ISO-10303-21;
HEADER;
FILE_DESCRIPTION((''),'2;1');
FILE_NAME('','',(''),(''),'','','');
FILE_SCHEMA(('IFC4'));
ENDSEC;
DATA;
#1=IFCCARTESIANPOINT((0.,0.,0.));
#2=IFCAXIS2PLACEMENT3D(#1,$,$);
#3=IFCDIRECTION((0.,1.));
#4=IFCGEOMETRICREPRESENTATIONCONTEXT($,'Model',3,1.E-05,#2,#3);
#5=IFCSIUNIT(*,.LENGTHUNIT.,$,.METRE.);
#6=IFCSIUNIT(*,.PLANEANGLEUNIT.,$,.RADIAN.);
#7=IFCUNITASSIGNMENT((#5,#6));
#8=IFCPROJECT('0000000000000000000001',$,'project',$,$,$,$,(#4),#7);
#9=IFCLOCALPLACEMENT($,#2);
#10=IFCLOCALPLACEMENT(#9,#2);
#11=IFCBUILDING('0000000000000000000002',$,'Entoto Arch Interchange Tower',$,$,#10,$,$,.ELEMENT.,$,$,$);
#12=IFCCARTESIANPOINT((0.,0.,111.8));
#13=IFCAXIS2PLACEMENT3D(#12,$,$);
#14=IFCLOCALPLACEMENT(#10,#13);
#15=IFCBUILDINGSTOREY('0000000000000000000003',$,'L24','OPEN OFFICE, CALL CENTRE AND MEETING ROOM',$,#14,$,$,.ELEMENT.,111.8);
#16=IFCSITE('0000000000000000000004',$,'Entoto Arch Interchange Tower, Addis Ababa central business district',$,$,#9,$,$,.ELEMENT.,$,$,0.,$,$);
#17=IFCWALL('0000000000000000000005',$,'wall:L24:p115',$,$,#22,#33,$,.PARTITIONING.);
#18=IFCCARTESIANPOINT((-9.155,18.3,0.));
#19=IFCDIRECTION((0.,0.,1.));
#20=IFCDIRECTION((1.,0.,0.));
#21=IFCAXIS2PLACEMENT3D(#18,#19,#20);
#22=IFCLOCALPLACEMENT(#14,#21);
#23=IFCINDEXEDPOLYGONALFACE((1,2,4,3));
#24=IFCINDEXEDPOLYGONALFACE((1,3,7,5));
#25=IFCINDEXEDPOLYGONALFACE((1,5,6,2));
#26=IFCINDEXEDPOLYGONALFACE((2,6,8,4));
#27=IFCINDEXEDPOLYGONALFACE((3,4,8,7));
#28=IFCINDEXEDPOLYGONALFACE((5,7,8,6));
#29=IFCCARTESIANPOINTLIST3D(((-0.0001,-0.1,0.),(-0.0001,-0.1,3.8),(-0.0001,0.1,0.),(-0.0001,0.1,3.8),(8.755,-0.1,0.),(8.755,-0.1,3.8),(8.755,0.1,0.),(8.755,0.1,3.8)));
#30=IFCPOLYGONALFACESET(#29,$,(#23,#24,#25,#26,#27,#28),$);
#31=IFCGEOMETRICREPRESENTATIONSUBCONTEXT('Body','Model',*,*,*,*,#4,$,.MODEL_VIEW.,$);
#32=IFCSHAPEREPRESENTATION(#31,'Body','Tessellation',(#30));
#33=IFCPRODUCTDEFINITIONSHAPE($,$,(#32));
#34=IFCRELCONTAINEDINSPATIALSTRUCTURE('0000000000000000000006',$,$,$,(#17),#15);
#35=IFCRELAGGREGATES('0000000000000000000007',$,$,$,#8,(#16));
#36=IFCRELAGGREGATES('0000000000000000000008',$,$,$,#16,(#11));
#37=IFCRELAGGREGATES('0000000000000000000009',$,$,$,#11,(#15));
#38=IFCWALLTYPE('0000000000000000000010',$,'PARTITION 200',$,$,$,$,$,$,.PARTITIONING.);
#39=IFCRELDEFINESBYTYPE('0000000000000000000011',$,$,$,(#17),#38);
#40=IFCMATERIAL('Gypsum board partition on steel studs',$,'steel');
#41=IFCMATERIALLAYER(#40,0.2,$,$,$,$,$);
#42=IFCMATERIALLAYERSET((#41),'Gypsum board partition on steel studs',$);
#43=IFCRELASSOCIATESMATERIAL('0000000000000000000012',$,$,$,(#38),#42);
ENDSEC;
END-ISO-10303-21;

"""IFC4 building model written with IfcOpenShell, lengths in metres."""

from ifc_helpers import new_model, si_unit, direction, frame, frame_2d, origin, place, context, subcontext, project, spatial, rectangle, extrude, material, layer, layer_set, type_object, element, save


model = new_model("IFC4")

# Units and contexts
model_context = context("Model", 3, precision=1e-05, world=origin(), true_north=direction((0.0, 1.0)))
body_context = subcontext(model_context, "Body", "Model", "MODEL_VIEW")
ifc_project = project(units=[si_unit("LENGTHUNIT", "METRE"), si_unit("PLANEANGLEUNIT", "RADIAN")], contexts=[model_context])

# Site, building, storey
site_placement = place(None, origin())
site = spatial("IfcSite", under=ifc_project, at=site_placement, Name="Entoto Arch Interchange Tower, Addis Ababa central business district", CompositionType="ELEMENT", RefElevation=0.0)
building_placement = place(site_placement, origin())
building = spatial("IfcBuilding", under=site, at=building_placement, Name="Entoto Arch Interchange Tower", CompositionType="ELEMENT")
storey_placement = place(building_placement, frame((0.0, 0.0, 111.8)))
storey = spatial("IfcBuildingStorey", under=building, at=storey_placement, Name="L24", Description="OPEN OFFICE, CALL CENTRE AND MEETING ROOM", CompositionType="ELEMENT", Elevation=111.8)

# Shared definitions
ifc_material_1 = material(Name="Gypsum board partition on steel studs", Category="steel")

# Shared definitions
ifc_layer_1 = layer(ifc_material_1, 0.2)
ifc_layer_set_1 = layer_set([ifc_layer_1], Name="Gypsum board partition on steel studs")
wall_type_1 = type_object("IfcWallType", Name="PARTITION 200", PredefinedType="PARTITIONING", material=ifc_layer_set_1)

# Wall
wall_1_placement = place(storey_placement, frame((-9.155, 18.3, 0.0), z_axis=(0.0, 0.0, 1.0), x_axis=(1.0, 0.0, 0.0)))
element("IfcWall", 1, at=wall_1_placement, inside=storey, type_object=wall_type_1, Name="wall:L24:p115", PredefinedType="PARTITIONING", context=body_context, shape_type="SweptSolid", body=[
    extrude(rectangle(XDim=8.7551, YDim=0.2, at=frame_2d((4.3774, 0.0))), origin(), (0.0, 0.0, 1.0), 3.8),
])

save(model, "model.ifc")
